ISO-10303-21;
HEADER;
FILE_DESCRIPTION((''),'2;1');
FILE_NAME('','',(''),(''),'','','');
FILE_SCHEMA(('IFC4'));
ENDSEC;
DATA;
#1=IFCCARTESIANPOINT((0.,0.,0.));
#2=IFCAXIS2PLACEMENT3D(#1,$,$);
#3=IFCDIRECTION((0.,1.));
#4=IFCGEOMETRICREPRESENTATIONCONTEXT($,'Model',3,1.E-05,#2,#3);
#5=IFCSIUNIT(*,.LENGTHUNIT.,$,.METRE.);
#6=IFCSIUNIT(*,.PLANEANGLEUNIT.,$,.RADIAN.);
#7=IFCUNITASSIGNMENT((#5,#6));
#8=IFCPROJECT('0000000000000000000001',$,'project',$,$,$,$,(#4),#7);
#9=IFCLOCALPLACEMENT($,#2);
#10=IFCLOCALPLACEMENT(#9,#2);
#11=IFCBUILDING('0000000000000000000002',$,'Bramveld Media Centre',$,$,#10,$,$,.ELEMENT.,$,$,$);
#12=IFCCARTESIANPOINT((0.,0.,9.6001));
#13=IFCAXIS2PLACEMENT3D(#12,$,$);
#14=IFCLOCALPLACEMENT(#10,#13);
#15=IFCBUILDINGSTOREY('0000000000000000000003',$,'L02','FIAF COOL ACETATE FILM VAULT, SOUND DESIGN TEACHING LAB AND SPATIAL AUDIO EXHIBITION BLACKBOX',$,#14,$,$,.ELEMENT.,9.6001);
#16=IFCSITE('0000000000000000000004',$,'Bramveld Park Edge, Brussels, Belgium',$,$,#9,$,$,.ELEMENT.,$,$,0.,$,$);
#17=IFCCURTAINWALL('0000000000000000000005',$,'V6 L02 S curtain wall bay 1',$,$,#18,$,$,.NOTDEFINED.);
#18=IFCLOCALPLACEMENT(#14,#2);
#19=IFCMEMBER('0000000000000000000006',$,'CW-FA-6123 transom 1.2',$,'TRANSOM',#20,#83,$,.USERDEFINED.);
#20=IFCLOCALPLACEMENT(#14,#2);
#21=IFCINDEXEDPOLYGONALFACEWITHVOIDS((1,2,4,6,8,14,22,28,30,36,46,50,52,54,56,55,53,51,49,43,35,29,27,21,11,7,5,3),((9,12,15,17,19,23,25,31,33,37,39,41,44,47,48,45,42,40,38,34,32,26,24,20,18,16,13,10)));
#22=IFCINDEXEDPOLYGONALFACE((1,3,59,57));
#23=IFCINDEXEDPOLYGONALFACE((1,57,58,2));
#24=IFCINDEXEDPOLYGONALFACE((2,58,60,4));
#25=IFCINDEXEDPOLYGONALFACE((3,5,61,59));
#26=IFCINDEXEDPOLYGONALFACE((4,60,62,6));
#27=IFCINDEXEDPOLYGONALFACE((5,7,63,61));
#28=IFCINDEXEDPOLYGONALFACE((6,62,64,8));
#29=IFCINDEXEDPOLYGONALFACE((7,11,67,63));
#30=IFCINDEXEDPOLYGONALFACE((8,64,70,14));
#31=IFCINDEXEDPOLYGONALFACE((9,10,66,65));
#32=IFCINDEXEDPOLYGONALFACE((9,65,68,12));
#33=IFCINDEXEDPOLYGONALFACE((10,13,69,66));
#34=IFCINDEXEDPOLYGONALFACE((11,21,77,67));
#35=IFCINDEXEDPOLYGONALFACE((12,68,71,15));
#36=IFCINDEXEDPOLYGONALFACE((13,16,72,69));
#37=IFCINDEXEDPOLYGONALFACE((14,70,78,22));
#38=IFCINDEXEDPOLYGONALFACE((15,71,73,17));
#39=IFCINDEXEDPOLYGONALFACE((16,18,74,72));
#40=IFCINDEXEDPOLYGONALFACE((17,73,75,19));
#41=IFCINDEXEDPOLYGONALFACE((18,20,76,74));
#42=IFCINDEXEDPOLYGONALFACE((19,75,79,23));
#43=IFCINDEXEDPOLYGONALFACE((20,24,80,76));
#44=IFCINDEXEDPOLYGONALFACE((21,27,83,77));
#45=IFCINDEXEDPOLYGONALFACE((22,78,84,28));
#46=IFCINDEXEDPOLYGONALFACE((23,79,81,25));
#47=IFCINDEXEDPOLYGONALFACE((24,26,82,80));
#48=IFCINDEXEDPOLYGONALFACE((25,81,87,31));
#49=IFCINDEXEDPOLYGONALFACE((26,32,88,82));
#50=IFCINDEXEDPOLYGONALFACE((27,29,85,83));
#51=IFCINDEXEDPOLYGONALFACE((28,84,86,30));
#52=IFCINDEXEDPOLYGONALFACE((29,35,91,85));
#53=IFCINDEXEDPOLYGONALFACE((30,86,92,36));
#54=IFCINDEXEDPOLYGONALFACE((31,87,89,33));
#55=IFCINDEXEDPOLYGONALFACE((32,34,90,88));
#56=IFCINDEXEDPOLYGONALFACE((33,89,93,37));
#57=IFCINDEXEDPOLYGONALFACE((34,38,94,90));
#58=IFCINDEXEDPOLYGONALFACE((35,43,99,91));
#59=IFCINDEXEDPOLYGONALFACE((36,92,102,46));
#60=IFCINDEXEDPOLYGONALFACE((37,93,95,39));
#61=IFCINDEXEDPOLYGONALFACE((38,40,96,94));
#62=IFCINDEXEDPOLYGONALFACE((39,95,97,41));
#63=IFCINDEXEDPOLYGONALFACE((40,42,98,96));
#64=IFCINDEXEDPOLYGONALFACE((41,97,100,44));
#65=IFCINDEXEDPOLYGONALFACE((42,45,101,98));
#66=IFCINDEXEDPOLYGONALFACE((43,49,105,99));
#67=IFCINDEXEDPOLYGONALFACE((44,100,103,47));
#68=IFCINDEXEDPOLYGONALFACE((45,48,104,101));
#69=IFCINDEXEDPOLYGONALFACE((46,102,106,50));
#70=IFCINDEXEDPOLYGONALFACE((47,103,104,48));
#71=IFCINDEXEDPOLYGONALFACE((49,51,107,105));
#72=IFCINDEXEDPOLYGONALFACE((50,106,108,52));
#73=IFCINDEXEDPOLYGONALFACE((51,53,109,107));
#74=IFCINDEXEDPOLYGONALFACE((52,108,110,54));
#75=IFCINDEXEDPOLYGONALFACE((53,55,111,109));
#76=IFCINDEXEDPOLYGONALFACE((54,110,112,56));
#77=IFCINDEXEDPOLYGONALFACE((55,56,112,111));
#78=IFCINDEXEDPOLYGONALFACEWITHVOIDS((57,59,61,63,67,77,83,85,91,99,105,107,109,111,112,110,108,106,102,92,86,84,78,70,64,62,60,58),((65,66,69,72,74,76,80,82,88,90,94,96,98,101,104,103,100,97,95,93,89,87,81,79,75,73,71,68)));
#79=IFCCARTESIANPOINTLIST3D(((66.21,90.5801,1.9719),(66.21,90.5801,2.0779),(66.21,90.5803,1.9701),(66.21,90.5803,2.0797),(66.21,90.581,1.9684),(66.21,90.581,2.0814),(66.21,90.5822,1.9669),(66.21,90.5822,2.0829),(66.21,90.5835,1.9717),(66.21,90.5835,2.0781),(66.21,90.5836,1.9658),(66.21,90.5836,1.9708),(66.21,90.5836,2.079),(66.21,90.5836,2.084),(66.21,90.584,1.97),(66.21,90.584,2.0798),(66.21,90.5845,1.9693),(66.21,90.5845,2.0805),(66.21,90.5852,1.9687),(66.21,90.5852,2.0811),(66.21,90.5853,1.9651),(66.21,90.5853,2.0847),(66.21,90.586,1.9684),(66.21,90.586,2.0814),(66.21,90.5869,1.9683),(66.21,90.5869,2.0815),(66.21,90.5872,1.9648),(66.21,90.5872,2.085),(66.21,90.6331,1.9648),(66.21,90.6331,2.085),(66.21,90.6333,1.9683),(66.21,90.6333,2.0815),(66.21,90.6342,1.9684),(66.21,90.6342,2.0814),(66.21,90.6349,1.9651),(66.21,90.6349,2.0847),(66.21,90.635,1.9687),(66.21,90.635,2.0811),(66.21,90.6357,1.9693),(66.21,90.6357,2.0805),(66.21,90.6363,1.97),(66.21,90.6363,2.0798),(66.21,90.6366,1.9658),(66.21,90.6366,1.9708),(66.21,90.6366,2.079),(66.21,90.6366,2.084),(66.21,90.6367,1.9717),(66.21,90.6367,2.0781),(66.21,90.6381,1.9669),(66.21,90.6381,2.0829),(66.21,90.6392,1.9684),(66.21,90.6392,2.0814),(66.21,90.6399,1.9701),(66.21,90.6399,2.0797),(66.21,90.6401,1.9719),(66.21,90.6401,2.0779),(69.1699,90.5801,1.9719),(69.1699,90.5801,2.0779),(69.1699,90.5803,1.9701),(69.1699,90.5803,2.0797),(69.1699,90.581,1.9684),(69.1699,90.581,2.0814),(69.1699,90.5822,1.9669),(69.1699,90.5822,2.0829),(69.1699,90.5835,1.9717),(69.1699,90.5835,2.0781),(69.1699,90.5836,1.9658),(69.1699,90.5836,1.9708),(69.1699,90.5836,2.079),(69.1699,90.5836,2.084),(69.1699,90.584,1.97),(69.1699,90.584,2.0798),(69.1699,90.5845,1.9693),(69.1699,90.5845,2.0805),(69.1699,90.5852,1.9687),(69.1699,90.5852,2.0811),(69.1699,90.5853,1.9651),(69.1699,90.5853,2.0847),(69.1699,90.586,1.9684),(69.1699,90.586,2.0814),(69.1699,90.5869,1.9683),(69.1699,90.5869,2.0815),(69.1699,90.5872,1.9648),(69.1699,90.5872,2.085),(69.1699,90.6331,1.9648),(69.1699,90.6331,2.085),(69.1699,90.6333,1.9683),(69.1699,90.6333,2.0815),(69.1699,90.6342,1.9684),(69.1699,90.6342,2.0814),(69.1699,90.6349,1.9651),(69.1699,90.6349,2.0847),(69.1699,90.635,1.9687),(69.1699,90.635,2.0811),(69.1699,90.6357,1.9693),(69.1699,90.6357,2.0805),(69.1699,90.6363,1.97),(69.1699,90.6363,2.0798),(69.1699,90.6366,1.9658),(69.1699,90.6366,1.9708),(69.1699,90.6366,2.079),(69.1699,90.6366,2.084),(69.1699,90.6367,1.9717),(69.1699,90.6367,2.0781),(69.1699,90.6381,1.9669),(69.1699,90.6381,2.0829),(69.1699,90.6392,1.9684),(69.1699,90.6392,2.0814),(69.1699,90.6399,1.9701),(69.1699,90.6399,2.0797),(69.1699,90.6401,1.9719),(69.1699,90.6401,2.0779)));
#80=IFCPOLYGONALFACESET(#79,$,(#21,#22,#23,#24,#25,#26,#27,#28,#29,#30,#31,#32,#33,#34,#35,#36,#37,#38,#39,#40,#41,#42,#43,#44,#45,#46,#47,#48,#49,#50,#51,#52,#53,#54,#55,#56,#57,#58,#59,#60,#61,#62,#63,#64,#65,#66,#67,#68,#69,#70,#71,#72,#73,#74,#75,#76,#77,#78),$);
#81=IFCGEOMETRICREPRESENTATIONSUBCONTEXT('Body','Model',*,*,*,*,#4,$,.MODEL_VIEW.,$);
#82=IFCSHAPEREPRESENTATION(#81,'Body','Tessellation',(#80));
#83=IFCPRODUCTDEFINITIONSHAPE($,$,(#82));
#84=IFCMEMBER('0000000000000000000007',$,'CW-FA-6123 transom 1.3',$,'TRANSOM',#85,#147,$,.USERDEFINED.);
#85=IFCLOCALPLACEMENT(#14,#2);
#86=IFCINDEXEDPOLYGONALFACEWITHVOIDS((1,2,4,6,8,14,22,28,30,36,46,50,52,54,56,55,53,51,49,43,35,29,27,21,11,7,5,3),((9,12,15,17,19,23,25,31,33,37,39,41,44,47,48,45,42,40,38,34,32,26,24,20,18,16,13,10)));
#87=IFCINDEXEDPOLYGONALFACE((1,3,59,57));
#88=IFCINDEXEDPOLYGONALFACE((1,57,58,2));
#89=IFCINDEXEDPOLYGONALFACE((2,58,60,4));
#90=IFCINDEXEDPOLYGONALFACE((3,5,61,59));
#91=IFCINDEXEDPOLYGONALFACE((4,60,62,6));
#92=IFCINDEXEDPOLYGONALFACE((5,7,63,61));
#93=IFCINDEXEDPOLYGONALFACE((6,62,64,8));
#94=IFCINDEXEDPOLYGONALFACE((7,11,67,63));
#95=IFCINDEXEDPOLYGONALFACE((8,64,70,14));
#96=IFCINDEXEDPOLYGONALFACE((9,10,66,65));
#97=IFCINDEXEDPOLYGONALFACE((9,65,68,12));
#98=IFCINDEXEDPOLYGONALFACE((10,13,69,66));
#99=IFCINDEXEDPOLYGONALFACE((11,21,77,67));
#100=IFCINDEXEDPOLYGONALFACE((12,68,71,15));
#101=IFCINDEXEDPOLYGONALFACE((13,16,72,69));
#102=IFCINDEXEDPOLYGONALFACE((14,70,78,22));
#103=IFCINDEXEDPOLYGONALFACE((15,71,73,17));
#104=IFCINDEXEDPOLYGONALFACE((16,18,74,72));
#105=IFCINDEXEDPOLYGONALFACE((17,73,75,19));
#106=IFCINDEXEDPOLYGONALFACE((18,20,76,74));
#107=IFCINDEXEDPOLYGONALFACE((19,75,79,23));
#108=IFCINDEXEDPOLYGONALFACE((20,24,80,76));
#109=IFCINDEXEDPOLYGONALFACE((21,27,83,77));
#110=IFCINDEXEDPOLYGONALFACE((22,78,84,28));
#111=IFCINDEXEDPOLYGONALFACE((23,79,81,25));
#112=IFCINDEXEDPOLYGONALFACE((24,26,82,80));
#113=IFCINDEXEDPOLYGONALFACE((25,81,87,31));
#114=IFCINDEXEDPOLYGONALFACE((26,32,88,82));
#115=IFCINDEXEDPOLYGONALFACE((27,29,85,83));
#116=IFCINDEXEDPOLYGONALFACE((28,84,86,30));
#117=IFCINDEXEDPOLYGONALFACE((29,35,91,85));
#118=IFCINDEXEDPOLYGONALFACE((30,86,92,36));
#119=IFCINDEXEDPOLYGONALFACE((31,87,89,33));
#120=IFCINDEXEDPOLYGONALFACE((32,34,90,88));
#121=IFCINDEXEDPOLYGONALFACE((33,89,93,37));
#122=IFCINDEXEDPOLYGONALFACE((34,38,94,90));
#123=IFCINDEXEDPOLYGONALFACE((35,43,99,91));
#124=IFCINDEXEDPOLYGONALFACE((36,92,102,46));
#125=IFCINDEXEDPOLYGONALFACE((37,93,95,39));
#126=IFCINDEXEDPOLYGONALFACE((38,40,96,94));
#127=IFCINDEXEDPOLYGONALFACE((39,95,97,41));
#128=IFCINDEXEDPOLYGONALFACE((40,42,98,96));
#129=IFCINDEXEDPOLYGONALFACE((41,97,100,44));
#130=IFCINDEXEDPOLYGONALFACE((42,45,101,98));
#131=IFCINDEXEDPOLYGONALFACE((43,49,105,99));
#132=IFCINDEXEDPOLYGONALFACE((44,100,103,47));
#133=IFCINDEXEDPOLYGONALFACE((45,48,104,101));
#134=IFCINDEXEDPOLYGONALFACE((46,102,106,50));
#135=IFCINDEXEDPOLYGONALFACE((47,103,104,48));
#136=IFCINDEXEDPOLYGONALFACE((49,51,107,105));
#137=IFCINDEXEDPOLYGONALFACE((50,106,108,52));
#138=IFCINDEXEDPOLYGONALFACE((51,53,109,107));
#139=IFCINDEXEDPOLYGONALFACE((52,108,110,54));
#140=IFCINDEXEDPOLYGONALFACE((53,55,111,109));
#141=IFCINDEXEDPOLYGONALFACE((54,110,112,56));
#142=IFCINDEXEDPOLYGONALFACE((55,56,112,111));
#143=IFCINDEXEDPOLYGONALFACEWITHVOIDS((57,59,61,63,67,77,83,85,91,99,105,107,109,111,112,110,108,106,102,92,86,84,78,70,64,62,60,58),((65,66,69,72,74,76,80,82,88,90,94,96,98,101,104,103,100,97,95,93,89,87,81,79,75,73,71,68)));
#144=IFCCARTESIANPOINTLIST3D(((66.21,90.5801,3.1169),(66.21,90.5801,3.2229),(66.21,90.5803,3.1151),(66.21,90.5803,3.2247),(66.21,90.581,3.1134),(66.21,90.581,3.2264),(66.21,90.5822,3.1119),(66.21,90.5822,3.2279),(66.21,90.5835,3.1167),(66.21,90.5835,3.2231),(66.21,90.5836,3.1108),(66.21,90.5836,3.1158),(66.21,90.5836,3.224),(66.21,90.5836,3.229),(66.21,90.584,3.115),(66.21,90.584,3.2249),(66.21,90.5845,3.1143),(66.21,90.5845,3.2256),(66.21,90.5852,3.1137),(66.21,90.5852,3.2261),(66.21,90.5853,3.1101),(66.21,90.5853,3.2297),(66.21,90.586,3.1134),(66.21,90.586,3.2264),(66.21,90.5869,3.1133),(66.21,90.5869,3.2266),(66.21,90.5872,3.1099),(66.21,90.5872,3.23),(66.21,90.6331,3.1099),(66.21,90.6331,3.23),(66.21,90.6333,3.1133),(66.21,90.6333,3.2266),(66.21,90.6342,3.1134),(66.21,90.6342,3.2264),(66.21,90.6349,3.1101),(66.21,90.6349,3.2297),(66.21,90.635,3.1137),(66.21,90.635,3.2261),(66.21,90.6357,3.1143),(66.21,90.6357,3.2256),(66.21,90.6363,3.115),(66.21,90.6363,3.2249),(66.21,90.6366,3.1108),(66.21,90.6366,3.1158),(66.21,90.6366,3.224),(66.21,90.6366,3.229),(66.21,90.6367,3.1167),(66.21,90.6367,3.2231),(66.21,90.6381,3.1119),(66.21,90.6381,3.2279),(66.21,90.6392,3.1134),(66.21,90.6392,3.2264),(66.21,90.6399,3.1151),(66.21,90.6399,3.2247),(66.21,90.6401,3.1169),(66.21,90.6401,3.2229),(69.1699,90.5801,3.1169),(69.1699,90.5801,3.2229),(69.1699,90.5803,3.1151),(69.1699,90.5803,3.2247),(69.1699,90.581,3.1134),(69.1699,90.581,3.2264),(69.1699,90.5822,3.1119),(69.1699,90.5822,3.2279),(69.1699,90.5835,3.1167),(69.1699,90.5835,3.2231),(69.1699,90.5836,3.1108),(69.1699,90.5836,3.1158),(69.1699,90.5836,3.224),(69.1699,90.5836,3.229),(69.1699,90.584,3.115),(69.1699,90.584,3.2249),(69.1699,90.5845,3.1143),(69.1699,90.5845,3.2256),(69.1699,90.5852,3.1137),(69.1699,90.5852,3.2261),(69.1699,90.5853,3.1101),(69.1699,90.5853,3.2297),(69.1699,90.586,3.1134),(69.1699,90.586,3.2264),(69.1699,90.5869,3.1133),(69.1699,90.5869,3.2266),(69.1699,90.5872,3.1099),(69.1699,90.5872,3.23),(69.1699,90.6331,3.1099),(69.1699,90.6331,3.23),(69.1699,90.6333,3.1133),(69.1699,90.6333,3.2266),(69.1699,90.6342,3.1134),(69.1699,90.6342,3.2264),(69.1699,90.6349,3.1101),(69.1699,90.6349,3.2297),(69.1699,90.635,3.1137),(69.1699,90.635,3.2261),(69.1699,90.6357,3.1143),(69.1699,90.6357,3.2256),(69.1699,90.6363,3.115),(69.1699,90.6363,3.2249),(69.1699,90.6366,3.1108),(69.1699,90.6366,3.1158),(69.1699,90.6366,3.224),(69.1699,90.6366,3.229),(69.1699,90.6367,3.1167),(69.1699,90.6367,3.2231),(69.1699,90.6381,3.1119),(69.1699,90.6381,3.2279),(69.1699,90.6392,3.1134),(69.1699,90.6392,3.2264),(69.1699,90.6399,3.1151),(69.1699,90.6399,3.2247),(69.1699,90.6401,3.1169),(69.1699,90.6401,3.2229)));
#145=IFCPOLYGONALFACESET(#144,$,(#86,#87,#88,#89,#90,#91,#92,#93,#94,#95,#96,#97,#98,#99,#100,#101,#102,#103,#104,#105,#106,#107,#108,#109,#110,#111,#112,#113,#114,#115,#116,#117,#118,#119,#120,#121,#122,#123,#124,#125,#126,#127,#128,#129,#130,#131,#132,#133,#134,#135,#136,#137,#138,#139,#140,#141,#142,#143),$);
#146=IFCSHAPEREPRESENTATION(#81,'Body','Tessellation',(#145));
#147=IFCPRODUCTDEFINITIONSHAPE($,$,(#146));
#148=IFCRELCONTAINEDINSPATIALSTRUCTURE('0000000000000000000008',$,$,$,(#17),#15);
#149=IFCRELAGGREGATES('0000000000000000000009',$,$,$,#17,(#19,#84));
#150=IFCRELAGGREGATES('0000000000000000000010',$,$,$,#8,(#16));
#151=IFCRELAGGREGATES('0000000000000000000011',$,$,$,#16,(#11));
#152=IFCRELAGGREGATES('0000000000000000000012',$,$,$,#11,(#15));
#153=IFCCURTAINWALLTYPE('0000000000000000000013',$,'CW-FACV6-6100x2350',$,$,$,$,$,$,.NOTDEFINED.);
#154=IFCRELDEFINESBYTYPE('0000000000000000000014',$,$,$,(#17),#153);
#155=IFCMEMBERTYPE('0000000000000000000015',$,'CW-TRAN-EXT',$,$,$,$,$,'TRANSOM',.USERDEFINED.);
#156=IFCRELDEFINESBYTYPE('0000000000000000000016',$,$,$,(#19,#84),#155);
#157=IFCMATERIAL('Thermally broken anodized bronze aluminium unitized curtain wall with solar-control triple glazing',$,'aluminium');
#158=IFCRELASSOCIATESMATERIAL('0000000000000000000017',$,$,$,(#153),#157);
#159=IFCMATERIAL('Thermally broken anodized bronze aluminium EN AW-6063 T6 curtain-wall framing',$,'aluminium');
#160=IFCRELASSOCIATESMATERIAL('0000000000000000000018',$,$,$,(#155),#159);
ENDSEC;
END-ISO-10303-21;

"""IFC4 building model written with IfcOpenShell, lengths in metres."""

from ifc_helpers import new_model, si_unit, direction, frame, origin, origin_2d, place, context, subcontext, project, spatial, hollow_rectangle, extrude, material, material_profile, profile_set, type_object, element, aggregate, save


model = new_model("IFC4")

# Units and contexts
model_context = context("Model", 3, precision=1e-05, world=origin(), true_north=direction((0.0, 1.0)))
body_context = subcontext(model_context, "Body", "Model", "MODEL_VIEW")
ifc_project = project(units=[si_unit("LENGTHUNIT", "METRE"), si_unit("PLANEANGLEUNIT", "RADIAN")], contexts=[model_context])

# Site, building, storey
site_placement = place(None, origin())
site = spatial("IfcSite", under=ifc_project, at=site_placement, Name="Bramveld Park Edge, Brussels, Belgium", CompositionType="ELEMENT", RefElevation=0.0)
building_placement = place(site_placement, origin())
building = spatial("IfcBuilding", under=site, at=building_placement, Name="Bramveld Media Centre", CompositionType="ELEMENT")
storey_placement = place(building_placement, frame((0.0, 0.0, 9.6001)))
storey = spatial("IfcBuildingStorey", under=building, at=storey_placement, Name="L02", Description="FIAF COOL ACETATE FILM VAULT, SOUND DESIGN TEACHING LAB AND SPATIAL AUDIO EXHIBITION BLACKBOX", CompositionType="ELEMENT", Elevation=9.6001)

# Curtain wall, members
ifc_material_1 = material(Name="Thermally broken anodized bronze aluminium unitized curtain wall with solar-control triple glazing", Category="aluminium")
curtain_wall_type = type_object("IfcCurtainWallType", Name="CW-FACV6-6100x2350", PredefinedType="NOTDEFINED", material=ifc_material_1)
curtain_wall_placement = place(storey_placement, origin())
curtain_wall = element("IfcCurtainWall", 1, at=curtain_wall_placement, inside=storey, type_object=curtain_wall_type, Name="V6 L02 S curtain wall bay 1", PredefinedType="NOTDEFINED")
ifc_material_2 = material(Name="Thermally broken anodized bronze aluminium EN AW-6063 T6 curtain-wall framing", Category="aluminium")
ifc_material_profile_1 = material_profile(ifc_material_2, hollow_rectangle(XDim=0.0601, YDim=0.1201, WallThickness=0.0034, InnerFilletRadius=0.0034, OuterFilletRadius=0.0071, at=origin_2d()), Name="AL-TRAN 60x120")
ifc_profile_set_1 = profile_set([ifc_material_profile_1], Name="Thermally broken anodized bronze aluminium EN AW-6063 T6 curtain-wall framing")
member_type_1 = type_object("IfcMemberType", Name="CW-TRAN-EXT", ElementType="TRANSOM", PredefinedType="USERDEFINED", material=ifc_profile_set_1)
member_1_placement = place(storey_placement, frame((66.21, 90.6101, 2.0249), z_axis=(1.0, 0.0, 0.0), x_axis=(0.0, 1.0, 0.0)))
member_1 = element("IfcMember", 2, at=member_1_placement, type_object=member_type_1, Name="CW-FA-6123 transom 1.2", ObjectType="TRANSOM", PredefinedType="USERDEFINED", context=body_context, shape_type="SweptSolid", body=[
    extrude(hollow_rectangle(XDim=0.0601, YDim=0.1201, WallThickness=0.0034, InnerFilletRadius=0.0034, OuterFilletRadius=0.0071, at=origin_2d()), origin(), (0.0, 0.0, 1.0), 2.96),
])
member_2_placement = place(storey_placement, frame((66.21, 90.6101, 3.1699), z_axis=(1.0, 0.0, 0.0), x_axis=(0.0, 1.0, 0.0)))
member_2 = element("IfcMember", 3, at=member_2_placement, type_object=member_type_1, Name="CW-FA-6123 transom 1.3", ObjectType="TRANSOM", PredefinedType="USERDEFINED", context=body_context, shape_type="SweptSolid", body=[
    extrude(hollow_rectangle(XDim=0.0601, YDim=0.1201, WallThickness=0.0034, InnerFilletRadius=0.0034, OuterFilletRadius=0.0071, at=origin_2d()), origin(), (0.0, 0.0, 1.0), 2.96),
])

aggregate(curtain_wall, [member_1, member_2])

save(model, "model.ifc")
